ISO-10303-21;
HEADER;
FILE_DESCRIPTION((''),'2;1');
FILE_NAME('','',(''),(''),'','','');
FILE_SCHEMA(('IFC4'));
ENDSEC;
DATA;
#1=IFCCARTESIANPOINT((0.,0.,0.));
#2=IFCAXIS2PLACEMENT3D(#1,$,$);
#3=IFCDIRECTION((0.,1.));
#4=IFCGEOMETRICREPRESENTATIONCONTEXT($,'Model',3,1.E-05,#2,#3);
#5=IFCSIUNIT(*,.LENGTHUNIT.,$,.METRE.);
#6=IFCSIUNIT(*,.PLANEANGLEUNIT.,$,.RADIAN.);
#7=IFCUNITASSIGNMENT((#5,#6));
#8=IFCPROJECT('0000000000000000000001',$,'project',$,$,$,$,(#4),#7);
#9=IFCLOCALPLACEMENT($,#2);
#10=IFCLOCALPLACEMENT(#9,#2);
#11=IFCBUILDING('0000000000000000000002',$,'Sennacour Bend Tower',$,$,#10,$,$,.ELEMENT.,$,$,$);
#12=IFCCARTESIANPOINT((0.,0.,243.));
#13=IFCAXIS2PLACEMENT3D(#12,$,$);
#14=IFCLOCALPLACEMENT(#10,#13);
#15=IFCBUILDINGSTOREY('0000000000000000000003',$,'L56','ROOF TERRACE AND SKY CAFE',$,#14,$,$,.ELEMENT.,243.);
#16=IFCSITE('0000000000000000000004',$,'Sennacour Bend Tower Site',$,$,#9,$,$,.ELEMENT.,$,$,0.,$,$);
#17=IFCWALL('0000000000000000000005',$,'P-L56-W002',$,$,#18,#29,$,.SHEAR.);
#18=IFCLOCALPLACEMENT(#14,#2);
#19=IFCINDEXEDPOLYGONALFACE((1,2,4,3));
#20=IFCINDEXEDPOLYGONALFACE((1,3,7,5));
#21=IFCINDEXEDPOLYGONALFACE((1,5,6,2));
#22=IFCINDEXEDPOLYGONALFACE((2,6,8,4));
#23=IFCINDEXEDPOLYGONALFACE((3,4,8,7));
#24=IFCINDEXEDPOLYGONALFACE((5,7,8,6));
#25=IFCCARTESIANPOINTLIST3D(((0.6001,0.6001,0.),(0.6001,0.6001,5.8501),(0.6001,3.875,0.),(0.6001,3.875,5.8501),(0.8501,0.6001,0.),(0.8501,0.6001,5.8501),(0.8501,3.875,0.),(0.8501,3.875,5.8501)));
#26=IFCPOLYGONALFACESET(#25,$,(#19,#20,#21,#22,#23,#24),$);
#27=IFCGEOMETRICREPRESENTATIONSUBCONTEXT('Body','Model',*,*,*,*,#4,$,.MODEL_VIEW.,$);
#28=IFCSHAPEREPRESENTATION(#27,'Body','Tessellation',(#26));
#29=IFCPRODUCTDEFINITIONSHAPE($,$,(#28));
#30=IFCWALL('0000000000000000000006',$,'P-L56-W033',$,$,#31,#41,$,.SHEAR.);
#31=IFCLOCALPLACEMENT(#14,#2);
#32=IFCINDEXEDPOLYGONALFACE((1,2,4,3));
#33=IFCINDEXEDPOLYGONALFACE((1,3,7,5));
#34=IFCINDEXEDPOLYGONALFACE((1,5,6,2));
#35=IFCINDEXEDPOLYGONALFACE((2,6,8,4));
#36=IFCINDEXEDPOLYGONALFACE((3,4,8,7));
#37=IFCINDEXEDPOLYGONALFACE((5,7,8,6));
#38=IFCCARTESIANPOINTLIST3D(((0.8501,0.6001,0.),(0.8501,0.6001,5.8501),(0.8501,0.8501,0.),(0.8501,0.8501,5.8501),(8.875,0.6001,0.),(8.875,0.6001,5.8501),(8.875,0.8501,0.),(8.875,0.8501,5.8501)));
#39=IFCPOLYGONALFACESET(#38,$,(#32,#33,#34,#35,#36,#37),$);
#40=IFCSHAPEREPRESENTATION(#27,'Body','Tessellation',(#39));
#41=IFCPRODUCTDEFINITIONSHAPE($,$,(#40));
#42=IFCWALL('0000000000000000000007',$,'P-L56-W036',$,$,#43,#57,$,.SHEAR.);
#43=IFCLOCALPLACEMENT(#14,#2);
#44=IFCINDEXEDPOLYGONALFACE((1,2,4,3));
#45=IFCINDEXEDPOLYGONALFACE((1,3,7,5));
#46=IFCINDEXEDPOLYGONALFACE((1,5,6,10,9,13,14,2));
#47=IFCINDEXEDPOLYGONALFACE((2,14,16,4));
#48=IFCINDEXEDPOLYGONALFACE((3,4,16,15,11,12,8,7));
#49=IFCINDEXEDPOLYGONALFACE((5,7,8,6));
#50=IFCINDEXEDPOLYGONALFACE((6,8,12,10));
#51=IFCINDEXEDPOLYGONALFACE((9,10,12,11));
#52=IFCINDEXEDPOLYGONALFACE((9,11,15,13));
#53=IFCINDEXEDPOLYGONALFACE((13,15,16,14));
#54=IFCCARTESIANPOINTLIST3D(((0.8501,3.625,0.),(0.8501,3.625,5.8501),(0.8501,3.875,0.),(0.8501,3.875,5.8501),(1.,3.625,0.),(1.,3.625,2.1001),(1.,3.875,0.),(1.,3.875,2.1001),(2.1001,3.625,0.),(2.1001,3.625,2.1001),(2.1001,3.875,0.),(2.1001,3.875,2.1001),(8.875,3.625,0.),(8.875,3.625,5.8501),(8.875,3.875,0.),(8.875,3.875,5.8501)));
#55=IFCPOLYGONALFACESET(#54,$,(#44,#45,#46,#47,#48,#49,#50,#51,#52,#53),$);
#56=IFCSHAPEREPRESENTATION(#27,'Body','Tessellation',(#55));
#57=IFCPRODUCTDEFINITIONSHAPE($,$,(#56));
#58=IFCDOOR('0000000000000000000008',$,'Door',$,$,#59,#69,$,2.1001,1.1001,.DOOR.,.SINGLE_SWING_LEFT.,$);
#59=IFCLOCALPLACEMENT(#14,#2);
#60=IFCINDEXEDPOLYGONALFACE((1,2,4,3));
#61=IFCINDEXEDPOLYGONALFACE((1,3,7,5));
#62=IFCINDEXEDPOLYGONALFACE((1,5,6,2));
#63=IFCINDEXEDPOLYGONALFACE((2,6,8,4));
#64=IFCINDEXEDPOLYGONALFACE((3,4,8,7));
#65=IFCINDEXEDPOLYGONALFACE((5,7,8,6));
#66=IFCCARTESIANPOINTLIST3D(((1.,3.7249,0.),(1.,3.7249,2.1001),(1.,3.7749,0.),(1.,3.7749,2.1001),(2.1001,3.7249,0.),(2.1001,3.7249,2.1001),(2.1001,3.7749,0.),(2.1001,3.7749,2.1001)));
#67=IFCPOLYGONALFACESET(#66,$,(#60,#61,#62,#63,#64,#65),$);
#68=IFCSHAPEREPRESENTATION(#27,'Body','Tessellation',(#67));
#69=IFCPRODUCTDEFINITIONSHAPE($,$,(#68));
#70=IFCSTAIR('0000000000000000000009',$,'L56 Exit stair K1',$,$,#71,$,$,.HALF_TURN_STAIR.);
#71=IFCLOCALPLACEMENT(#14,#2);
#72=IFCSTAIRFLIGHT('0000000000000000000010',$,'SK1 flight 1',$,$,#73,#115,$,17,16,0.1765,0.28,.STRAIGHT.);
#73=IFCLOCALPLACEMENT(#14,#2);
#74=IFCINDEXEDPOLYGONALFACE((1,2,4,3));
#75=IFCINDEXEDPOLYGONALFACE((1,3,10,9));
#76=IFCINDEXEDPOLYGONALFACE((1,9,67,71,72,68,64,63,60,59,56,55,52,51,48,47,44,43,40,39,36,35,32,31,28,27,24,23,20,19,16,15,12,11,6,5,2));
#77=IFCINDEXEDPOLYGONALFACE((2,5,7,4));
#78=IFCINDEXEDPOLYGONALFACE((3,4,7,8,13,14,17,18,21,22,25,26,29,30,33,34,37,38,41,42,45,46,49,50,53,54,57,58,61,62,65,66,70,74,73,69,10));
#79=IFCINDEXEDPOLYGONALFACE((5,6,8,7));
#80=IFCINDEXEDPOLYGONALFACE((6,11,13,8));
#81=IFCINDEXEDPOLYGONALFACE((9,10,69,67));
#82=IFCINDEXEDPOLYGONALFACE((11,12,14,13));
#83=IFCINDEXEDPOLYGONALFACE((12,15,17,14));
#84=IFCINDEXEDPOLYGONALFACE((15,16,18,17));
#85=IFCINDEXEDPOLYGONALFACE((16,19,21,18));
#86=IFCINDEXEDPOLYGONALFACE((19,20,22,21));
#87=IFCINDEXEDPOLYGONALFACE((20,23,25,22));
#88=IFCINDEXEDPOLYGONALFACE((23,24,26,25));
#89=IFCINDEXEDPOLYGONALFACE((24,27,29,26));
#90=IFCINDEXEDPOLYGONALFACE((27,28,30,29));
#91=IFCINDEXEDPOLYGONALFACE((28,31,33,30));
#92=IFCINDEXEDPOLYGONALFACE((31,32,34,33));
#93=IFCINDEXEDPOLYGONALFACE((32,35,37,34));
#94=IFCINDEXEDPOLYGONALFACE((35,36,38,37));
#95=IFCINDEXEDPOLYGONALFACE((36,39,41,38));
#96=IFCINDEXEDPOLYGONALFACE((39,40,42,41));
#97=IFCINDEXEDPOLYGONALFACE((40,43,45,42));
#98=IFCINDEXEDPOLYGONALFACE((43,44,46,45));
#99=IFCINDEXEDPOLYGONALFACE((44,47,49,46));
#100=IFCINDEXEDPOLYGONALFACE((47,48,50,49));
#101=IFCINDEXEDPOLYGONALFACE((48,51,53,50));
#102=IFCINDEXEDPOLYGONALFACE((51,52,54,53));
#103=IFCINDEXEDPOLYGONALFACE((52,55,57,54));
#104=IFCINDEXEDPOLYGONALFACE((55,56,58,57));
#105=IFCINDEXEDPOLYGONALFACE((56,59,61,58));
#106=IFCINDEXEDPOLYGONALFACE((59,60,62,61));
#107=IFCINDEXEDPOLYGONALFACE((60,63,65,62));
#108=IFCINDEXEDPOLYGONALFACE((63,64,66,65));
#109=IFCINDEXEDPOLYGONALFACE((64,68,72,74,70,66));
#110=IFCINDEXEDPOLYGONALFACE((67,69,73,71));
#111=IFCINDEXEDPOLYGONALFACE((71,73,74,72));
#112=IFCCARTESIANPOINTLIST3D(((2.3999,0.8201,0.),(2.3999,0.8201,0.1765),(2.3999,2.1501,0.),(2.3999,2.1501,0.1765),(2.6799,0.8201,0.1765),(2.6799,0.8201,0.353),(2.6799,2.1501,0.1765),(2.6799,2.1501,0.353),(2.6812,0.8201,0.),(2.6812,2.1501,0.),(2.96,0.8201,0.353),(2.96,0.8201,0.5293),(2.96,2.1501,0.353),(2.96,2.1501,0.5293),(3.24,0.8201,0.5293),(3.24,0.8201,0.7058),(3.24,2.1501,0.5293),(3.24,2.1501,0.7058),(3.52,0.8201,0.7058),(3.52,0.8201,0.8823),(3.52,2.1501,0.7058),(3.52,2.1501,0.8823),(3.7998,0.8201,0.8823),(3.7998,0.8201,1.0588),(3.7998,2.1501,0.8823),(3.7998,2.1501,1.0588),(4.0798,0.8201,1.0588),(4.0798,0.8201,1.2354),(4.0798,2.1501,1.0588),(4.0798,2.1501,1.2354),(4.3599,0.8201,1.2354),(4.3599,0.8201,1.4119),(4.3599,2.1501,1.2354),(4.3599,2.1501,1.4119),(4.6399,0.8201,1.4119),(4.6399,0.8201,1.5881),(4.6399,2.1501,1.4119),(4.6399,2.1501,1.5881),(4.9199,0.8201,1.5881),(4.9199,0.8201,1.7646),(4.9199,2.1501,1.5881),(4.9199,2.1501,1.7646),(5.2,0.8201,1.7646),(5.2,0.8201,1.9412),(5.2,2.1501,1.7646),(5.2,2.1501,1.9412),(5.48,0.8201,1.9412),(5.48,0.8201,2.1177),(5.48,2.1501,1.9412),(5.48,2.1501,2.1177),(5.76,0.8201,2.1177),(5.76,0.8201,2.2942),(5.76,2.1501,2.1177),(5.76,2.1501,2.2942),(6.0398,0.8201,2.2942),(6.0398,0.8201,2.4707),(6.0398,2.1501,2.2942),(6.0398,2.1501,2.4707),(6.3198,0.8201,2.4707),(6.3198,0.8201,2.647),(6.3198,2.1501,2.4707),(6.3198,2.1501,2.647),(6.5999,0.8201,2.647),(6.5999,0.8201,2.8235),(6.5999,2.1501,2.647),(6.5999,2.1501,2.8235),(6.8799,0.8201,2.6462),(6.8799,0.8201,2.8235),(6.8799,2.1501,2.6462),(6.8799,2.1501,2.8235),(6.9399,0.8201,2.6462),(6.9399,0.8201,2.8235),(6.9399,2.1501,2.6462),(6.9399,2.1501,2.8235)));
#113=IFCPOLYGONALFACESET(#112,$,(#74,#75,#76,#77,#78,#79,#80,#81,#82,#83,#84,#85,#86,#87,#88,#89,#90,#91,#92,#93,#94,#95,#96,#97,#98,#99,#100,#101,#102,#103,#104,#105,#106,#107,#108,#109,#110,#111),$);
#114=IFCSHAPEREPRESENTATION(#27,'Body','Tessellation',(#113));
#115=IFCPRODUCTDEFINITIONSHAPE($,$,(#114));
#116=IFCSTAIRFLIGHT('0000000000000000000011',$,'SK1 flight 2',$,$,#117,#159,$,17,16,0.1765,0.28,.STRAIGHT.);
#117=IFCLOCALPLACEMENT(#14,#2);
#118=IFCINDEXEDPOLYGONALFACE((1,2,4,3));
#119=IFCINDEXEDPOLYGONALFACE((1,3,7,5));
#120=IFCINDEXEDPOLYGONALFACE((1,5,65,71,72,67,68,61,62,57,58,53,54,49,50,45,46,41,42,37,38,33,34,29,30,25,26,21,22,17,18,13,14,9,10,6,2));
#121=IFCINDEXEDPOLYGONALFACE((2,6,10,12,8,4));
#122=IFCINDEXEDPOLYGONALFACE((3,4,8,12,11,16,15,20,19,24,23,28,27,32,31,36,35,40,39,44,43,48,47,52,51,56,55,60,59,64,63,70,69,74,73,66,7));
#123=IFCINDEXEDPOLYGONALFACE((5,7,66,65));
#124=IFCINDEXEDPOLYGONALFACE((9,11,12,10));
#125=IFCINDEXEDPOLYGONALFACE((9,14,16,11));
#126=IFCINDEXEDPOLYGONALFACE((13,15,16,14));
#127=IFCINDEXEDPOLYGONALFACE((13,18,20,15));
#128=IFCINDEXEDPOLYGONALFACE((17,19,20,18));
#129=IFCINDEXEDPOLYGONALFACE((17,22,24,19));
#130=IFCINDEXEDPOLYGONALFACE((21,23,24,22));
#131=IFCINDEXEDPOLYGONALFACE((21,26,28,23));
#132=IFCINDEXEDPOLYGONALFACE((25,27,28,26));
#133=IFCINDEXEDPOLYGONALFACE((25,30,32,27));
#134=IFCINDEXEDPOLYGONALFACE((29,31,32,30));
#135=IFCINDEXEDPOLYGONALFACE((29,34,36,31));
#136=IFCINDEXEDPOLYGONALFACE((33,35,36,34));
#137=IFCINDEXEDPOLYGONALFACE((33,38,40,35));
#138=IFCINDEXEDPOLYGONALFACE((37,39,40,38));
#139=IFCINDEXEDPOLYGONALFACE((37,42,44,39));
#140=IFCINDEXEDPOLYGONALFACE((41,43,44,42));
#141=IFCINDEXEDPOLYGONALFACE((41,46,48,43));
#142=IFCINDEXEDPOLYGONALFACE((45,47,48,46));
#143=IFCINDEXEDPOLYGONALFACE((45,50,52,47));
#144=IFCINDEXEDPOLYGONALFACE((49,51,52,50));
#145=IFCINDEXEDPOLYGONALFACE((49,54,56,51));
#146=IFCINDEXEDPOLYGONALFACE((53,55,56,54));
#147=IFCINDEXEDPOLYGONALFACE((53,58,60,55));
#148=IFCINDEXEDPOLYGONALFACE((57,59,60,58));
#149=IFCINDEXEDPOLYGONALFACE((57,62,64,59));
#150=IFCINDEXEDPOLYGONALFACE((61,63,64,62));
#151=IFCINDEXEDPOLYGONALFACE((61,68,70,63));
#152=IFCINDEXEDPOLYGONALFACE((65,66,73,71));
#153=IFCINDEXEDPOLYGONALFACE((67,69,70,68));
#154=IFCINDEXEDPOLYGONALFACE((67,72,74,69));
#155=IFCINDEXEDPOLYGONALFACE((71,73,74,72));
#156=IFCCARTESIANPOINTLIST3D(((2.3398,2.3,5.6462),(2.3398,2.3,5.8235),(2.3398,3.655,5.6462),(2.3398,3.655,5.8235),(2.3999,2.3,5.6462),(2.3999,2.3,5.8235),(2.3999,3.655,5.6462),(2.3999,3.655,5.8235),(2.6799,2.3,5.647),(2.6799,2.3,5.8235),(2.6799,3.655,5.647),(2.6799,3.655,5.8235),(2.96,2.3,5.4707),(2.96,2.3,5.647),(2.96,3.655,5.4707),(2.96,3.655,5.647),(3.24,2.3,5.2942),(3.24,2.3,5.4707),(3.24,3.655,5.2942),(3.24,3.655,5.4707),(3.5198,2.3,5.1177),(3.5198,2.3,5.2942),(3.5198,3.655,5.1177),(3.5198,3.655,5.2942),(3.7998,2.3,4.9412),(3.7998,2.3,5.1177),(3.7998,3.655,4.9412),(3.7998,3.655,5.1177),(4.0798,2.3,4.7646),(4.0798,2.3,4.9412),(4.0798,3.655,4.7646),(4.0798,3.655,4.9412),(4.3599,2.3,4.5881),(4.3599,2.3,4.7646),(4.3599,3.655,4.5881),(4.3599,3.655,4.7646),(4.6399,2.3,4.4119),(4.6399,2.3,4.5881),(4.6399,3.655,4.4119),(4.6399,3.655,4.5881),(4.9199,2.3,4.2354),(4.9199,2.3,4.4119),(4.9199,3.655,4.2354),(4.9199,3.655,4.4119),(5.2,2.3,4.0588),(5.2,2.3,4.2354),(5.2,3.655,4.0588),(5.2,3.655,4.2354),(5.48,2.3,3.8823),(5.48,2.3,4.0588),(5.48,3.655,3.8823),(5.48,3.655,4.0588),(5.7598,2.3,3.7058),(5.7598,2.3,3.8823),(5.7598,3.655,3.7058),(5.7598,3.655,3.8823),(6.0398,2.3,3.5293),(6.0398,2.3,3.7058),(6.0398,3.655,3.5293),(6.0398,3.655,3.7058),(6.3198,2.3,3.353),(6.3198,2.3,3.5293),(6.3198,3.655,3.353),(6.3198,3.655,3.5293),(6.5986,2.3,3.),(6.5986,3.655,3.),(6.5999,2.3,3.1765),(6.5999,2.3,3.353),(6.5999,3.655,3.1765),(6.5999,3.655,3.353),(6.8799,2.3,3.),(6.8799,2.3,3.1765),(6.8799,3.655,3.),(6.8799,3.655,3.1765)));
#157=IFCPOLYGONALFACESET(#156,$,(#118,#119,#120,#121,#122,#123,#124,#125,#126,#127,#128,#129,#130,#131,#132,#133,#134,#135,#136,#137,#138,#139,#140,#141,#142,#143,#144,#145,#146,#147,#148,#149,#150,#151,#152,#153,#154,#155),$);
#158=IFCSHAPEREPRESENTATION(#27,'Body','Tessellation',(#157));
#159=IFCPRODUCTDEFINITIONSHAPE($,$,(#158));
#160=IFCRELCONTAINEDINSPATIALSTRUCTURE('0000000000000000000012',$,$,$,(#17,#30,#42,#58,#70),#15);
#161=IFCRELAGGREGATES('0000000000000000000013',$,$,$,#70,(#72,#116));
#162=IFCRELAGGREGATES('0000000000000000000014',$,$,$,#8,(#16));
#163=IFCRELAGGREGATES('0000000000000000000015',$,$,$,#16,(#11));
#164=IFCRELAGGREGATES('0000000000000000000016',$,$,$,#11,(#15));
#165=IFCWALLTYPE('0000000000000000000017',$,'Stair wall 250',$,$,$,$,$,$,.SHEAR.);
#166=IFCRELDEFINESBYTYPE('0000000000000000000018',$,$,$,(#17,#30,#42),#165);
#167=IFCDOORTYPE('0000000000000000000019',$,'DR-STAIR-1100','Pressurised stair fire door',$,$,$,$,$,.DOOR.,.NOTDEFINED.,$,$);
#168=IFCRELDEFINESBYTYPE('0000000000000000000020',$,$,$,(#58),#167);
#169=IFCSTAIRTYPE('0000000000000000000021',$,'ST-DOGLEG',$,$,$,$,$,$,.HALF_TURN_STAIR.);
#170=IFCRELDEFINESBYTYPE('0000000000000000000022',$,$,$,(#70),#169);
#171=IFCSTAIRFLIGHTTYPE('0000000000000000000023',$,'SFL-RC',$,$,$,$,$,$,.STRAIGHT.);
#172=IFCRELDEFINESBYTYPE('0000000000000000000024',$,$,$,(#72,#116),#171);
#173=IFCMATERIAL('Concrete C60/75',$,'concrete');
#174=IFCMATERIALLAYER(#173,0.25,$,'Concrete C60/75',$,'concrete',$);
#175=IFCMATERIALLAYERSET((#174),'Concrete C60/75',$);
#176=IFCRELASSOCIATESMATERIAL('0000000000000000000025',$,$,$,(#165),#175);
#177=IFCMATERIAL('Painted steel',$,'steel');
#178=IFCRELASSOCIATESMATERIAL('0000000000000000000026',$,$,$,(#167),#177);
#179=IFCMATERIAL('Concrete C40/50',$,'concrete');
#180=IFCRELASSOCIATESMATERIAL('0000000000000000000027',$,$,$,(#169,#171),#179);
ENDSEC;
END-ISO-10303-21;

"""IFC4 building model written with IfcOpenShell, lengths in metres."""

from ifc_helpers import new_model, si_unit, direction, frame, frame_2d, origin, place, context, subcontext, project, spatial, polyline, rectangle, outline, extrude, material, layer, layer_set, type_object, element, fill, aggregate, save


model = new_model("IFC4")

# Units and contexts
model_context = context("Model", 3, precision=1e-05, world=origin(), true_north=direction((0.0, 1.0)))
body_context = subcontext(model_context, "Body", "Model", "MODEL_VIEW")
ifc_project = project(units=[si_unit("LENGTHUNIT", "METRE"), si_unit("PLANEANGLEUNIT", "RADIAN")], contexts=[model_context])

# Site, building, storey
site_placement = place(None, origin())
site = spatial("IfcSite", under=ifc_project, at=site_placement, Name="Sennacour Bend Tower Site", CompositionType="ELEMENT", RefElevation=0.0)
building_placement = place(site_placement, origin())
building = spatial("IfcBuilding", under=site, at=building_placement, Name="Sennacour Bend Tower", CompositionType="ELEMENT")
storey_placement = place(building_placement, frame((0.0, 0.0, 243.0)))
storey = spatial("IfcBuildingStorey", under=building, at=storey_placement, Name="L56", Description="ROOF TERRACE AND SKY CAFE", CompositionType="ELEMENT", Elevation=243.0)

# Shared definitions
ifc_material_1 = material(Name="Painted steel", Category="steel")

# Walls
ifc_material_2 = material(Name="Concrete C60/75", Category="concrete")
ifc_layer_1 = layer(ifc_material_2, 0.25, Name="Concrete C60/75", Category="concrete")
ifc_layer_set_1 = layer_set([ifc_layer_1], Name="Concrete C60/75")
wall_type_1 = type_object("IfcWallType", Name="Stair wall 250", PredefinedType="SHEAR", material=ifc_layer_set_1)
wall_1_placement = place(storey_placement, frame((0.7251, 0.6001, 0.0), z_axis=(0.0, 0.0, 1.0), x_axis=(0.0, 1.0, 0.0)))
element("IfcWall", 1, at=wall_1_placement, inside=storey, type_object=wall_type_1, Name="P-L56-W002", PredefinedType="SHEAR", context=body_context, shape_type="SweptSolid", body=[
    extrude(rectangle(XDim=3.2749, YDim=0.25, at=frame_2d((1.6375, 0.0))), origin(), (0.0, 0.0, 1.0), 5.8501),
])
wall_2_placement = place(storey_placement, frame((0.8501, 0.7251, 0.0), z_axis=(0.0, 0.0, 1.0), x_axis=(1.0, 0.0, 0.0)))
element("IfcWall", 2, at=wall_2_placement, inside=storey, type_object=wall_type_1, Name="P-L56-W033", PredefinedType="SHEAR", context=body_context, shape_type="SweptSolid", body=[
    extrude(rectangle(XDim=8.0249, YDim=0.25, at=frame_2d((4.0125, 0.0))), origin(), (0.0, 0.0, 1.0), 5.8501),
])

# Wall, opening, door
wall_3_placement = place(storey_placement, frame((0.8501, 3.75, 0.0), z_axis=(0.0, 0.0, 1.0), x_axis=(1.0, 0.0, 0.0)))
wall_3 = element("IfcWall", 3, at=wall_3_placement, inside=storey, type_object=wall_type_1, Name="P-L56-W036", PredefinedType="SHEAR", context=body_context, shape_type="SweptSolid", body=[
    extrude(rectangle(XDim=8.0249, YDim=0.25, at=frame_2d((4.0125, 0.0))), origin(), (0.0, 0.0, 1.0), 5.8501),
])
opening_1_placement = place(wall_3_placement, frame((0.1499, 0.0, 0.0)))
opening_1 = element("IfcOpeningElement", 4, at=opening_1_placement, cuts=wall_3, PredefinedType="OPENING", context=body_context, shape_type="SweptSolid", body=[
    extrude(rectangle(XDim=1.1001, YDim=2.1001, at=frame_2d((0.55, 1.05))), frame((0.0, 0.135, 0.0), z_axis=(0.0, -1.0, 0.0), x_axis=(1.0, 0.0, 0.0)), (0.0, 0.0, 1.0), 0.27),
])
door_type_1 = type_object("IfcDoorType", Name="DR-STAIR-1100", Description="Pressurised stair fire door", OperationType="NOTDEFINED", PredefinedType="DOOR", material=ifc_material_1)
door_1_placement = place(opening_1_placement, origin())
door_1 = element("IfcDoor", 5, at=door_1_placement, inside=storey, type_object=door_type_1, Name="Door", OperationType="SINGLE_SWING_LEFT", OverallHeight=2.1001, OverallWidth=1.1001, PredefinedType="DOOR", context=body_context, shape_type="SweptSolid", body=[
    extrude(rectangle(XDim=1.1001, YDim=2.1001, at=frame_2d((0.55, 1.05))), frame((0.0, 0.0249, 0.0), z_axis=(0.0, -1.0, 0.0), x_axis=(1.0, 0.0, 0.0)), (0.0, 0.0, 1.0), 0.05),
])
fill(opening_1, door_1)

# Stair, stair flights
ifc_material_3 = material(Name="Concrete C40/50", Category="concrete")
stair_type = type_object("IfcStairType", Name="ST-DOGLEG", PredefinedType="HALF_TURN_STAIR", material=ifc_material_3)
stair_placement = place(storey_placement, origin())
stair = element("IfcStair", 6, at=stair_placement, inside=storey, type_object=stair_type, Name="L56 Exit stair K1", PredefinedType="HALF_TURN_STAIR")
stair_flight_type = type_object("IfcStairFlightType", Name="SFL-RC", PredefinedType="STRAIGHT", material=ifc_material_3)
stair_flight_1_placement = place(storey_placement, frame((2.3999, 1.4851, 0.0), z_axis=(0.0, 0.0, 1.0), x_axis=(1.0, 0.0, 0.0)))
stair_flight_1 = element("IfcStairFlight", 7, at=stair_flight_1_placement, type_object=stair_flight_type, Name="SK1 flight 1", NumberOfRisers=17, NumberOfTreads=16, PredefinedType="STRAIGHT", RiserHeight=0.1765, TreadLength=0.28, context=body_context, shape_type="SweptSolid", body=[
    extrude(outline(polyline([(0.0, 0.0), (0.0, 0.1765), (0.28, 0.1765), (0.28, 0.353), (0.5601, 0.353), (0.5601, 0.5293), (0.8401, 0.5293), (0.8401, 0.7058), (1.1201, 0.7058), (1.1201, 0.8823), (1.3999, 0.8823), (1.3999, 1.0588), (1.6799, 1.0588), (1.6799, 1.2354), (1.96, 1.2354), (1.96, 1.4119), (2.24, 1.4119), (2.24, 1.5881), (2.52, 1.5881), (2.52, 1.7646), (2.8, 1.7646), (2.8, 1.9412), (3.0801, 1.9412), (3.0801, 2.1177), (3.3601, 2.1177), (3.3601, 2.2942), (3.6399, 2.2942), (3.6399, 2.4707), (3.9199, 2.4707), (3.9199, 2.647), (4.2, 2.647), (4.2, 2.8235), (4.48, 2.8235), (4.54, 2.8235), (4.54, 2.6462), (4.48, 2.6462), (0.2812, 0.0), (0.0, 0.0)])), frame((0.0, 0.665, 0.0), z_axis=(0.0, -1.0, 0.0), x_axis=(1.0, 0.0, 0.0)), (0.0, 0.0, 1.0), 1.3301),
])
stair_flight_2_placement = place(storey_placement, frame((6.8799, 2.9775, 3.0), z_axis=(0.0, 0.0, 1.0), x_axis=(-1.0, 0.0, 0.0)))
stair_flight_2 = element("IfcStairFlight", 8, at=stair_flight_2_placement, type_object=stair_flight_type, Name="SK1 flight 2", NumberOfRisers=17, NumberOfTreads=16, PredefinedType="STRAIGHT", RiserHeight=0.1765, TreadLength=0.28, context=body_context, shape_type="SweptSolid", body=[
    extrude(outline(polyline([(0.0, 0.0), (0.0, 0.1765), (0.28, 0.1765), (0.28, 0.353), (0.5601, 0.353), (0.5601, 0.5293), (0.8401, 0.5293), (0.8401, 0.7058), (1.1201, 0.7058), (1.1201, 0.8823), (1.3999, 0.8823), (1.3999, 1.0588), (1.6799, 1.0588), (1.6799, 1.2354), (1.96, 1.2354), (1.96, 1.4119), (2.24, 1.4119), (2.24, 1.5881), (2.52, 1.5881), (2.52, 1.7646), (2.8, 1.7646), (2.8, 1.9412), (3.0801, 1.9412), (3.0801, 2.1177), (3.3601, 2.1177), (3.3601, 2.2942), (3.6399, 2.2942), (3.6399, 2.4707), (3.9199, 2.4707), (3.9199, 2.647), (4.2, 2.647), (4.2, 2.8235), (4.48, 2.8235), (4.54, 2.8235), (4.54, 2.6462), (4.48, 2.6462), (0.2812, 0.0), (0.0, 0.0)])), frame((0.0, 0.6775, 0.0), z_axis=(0.0, -1.0, 0.0), x_axis=(1.0, 0.0, 0.0)), (0.0, 0.0, 1.0), 1.355),
])
aggregate(stair, [stair_flight_1, stair_flight_2])

save(model, "model.ifc")
